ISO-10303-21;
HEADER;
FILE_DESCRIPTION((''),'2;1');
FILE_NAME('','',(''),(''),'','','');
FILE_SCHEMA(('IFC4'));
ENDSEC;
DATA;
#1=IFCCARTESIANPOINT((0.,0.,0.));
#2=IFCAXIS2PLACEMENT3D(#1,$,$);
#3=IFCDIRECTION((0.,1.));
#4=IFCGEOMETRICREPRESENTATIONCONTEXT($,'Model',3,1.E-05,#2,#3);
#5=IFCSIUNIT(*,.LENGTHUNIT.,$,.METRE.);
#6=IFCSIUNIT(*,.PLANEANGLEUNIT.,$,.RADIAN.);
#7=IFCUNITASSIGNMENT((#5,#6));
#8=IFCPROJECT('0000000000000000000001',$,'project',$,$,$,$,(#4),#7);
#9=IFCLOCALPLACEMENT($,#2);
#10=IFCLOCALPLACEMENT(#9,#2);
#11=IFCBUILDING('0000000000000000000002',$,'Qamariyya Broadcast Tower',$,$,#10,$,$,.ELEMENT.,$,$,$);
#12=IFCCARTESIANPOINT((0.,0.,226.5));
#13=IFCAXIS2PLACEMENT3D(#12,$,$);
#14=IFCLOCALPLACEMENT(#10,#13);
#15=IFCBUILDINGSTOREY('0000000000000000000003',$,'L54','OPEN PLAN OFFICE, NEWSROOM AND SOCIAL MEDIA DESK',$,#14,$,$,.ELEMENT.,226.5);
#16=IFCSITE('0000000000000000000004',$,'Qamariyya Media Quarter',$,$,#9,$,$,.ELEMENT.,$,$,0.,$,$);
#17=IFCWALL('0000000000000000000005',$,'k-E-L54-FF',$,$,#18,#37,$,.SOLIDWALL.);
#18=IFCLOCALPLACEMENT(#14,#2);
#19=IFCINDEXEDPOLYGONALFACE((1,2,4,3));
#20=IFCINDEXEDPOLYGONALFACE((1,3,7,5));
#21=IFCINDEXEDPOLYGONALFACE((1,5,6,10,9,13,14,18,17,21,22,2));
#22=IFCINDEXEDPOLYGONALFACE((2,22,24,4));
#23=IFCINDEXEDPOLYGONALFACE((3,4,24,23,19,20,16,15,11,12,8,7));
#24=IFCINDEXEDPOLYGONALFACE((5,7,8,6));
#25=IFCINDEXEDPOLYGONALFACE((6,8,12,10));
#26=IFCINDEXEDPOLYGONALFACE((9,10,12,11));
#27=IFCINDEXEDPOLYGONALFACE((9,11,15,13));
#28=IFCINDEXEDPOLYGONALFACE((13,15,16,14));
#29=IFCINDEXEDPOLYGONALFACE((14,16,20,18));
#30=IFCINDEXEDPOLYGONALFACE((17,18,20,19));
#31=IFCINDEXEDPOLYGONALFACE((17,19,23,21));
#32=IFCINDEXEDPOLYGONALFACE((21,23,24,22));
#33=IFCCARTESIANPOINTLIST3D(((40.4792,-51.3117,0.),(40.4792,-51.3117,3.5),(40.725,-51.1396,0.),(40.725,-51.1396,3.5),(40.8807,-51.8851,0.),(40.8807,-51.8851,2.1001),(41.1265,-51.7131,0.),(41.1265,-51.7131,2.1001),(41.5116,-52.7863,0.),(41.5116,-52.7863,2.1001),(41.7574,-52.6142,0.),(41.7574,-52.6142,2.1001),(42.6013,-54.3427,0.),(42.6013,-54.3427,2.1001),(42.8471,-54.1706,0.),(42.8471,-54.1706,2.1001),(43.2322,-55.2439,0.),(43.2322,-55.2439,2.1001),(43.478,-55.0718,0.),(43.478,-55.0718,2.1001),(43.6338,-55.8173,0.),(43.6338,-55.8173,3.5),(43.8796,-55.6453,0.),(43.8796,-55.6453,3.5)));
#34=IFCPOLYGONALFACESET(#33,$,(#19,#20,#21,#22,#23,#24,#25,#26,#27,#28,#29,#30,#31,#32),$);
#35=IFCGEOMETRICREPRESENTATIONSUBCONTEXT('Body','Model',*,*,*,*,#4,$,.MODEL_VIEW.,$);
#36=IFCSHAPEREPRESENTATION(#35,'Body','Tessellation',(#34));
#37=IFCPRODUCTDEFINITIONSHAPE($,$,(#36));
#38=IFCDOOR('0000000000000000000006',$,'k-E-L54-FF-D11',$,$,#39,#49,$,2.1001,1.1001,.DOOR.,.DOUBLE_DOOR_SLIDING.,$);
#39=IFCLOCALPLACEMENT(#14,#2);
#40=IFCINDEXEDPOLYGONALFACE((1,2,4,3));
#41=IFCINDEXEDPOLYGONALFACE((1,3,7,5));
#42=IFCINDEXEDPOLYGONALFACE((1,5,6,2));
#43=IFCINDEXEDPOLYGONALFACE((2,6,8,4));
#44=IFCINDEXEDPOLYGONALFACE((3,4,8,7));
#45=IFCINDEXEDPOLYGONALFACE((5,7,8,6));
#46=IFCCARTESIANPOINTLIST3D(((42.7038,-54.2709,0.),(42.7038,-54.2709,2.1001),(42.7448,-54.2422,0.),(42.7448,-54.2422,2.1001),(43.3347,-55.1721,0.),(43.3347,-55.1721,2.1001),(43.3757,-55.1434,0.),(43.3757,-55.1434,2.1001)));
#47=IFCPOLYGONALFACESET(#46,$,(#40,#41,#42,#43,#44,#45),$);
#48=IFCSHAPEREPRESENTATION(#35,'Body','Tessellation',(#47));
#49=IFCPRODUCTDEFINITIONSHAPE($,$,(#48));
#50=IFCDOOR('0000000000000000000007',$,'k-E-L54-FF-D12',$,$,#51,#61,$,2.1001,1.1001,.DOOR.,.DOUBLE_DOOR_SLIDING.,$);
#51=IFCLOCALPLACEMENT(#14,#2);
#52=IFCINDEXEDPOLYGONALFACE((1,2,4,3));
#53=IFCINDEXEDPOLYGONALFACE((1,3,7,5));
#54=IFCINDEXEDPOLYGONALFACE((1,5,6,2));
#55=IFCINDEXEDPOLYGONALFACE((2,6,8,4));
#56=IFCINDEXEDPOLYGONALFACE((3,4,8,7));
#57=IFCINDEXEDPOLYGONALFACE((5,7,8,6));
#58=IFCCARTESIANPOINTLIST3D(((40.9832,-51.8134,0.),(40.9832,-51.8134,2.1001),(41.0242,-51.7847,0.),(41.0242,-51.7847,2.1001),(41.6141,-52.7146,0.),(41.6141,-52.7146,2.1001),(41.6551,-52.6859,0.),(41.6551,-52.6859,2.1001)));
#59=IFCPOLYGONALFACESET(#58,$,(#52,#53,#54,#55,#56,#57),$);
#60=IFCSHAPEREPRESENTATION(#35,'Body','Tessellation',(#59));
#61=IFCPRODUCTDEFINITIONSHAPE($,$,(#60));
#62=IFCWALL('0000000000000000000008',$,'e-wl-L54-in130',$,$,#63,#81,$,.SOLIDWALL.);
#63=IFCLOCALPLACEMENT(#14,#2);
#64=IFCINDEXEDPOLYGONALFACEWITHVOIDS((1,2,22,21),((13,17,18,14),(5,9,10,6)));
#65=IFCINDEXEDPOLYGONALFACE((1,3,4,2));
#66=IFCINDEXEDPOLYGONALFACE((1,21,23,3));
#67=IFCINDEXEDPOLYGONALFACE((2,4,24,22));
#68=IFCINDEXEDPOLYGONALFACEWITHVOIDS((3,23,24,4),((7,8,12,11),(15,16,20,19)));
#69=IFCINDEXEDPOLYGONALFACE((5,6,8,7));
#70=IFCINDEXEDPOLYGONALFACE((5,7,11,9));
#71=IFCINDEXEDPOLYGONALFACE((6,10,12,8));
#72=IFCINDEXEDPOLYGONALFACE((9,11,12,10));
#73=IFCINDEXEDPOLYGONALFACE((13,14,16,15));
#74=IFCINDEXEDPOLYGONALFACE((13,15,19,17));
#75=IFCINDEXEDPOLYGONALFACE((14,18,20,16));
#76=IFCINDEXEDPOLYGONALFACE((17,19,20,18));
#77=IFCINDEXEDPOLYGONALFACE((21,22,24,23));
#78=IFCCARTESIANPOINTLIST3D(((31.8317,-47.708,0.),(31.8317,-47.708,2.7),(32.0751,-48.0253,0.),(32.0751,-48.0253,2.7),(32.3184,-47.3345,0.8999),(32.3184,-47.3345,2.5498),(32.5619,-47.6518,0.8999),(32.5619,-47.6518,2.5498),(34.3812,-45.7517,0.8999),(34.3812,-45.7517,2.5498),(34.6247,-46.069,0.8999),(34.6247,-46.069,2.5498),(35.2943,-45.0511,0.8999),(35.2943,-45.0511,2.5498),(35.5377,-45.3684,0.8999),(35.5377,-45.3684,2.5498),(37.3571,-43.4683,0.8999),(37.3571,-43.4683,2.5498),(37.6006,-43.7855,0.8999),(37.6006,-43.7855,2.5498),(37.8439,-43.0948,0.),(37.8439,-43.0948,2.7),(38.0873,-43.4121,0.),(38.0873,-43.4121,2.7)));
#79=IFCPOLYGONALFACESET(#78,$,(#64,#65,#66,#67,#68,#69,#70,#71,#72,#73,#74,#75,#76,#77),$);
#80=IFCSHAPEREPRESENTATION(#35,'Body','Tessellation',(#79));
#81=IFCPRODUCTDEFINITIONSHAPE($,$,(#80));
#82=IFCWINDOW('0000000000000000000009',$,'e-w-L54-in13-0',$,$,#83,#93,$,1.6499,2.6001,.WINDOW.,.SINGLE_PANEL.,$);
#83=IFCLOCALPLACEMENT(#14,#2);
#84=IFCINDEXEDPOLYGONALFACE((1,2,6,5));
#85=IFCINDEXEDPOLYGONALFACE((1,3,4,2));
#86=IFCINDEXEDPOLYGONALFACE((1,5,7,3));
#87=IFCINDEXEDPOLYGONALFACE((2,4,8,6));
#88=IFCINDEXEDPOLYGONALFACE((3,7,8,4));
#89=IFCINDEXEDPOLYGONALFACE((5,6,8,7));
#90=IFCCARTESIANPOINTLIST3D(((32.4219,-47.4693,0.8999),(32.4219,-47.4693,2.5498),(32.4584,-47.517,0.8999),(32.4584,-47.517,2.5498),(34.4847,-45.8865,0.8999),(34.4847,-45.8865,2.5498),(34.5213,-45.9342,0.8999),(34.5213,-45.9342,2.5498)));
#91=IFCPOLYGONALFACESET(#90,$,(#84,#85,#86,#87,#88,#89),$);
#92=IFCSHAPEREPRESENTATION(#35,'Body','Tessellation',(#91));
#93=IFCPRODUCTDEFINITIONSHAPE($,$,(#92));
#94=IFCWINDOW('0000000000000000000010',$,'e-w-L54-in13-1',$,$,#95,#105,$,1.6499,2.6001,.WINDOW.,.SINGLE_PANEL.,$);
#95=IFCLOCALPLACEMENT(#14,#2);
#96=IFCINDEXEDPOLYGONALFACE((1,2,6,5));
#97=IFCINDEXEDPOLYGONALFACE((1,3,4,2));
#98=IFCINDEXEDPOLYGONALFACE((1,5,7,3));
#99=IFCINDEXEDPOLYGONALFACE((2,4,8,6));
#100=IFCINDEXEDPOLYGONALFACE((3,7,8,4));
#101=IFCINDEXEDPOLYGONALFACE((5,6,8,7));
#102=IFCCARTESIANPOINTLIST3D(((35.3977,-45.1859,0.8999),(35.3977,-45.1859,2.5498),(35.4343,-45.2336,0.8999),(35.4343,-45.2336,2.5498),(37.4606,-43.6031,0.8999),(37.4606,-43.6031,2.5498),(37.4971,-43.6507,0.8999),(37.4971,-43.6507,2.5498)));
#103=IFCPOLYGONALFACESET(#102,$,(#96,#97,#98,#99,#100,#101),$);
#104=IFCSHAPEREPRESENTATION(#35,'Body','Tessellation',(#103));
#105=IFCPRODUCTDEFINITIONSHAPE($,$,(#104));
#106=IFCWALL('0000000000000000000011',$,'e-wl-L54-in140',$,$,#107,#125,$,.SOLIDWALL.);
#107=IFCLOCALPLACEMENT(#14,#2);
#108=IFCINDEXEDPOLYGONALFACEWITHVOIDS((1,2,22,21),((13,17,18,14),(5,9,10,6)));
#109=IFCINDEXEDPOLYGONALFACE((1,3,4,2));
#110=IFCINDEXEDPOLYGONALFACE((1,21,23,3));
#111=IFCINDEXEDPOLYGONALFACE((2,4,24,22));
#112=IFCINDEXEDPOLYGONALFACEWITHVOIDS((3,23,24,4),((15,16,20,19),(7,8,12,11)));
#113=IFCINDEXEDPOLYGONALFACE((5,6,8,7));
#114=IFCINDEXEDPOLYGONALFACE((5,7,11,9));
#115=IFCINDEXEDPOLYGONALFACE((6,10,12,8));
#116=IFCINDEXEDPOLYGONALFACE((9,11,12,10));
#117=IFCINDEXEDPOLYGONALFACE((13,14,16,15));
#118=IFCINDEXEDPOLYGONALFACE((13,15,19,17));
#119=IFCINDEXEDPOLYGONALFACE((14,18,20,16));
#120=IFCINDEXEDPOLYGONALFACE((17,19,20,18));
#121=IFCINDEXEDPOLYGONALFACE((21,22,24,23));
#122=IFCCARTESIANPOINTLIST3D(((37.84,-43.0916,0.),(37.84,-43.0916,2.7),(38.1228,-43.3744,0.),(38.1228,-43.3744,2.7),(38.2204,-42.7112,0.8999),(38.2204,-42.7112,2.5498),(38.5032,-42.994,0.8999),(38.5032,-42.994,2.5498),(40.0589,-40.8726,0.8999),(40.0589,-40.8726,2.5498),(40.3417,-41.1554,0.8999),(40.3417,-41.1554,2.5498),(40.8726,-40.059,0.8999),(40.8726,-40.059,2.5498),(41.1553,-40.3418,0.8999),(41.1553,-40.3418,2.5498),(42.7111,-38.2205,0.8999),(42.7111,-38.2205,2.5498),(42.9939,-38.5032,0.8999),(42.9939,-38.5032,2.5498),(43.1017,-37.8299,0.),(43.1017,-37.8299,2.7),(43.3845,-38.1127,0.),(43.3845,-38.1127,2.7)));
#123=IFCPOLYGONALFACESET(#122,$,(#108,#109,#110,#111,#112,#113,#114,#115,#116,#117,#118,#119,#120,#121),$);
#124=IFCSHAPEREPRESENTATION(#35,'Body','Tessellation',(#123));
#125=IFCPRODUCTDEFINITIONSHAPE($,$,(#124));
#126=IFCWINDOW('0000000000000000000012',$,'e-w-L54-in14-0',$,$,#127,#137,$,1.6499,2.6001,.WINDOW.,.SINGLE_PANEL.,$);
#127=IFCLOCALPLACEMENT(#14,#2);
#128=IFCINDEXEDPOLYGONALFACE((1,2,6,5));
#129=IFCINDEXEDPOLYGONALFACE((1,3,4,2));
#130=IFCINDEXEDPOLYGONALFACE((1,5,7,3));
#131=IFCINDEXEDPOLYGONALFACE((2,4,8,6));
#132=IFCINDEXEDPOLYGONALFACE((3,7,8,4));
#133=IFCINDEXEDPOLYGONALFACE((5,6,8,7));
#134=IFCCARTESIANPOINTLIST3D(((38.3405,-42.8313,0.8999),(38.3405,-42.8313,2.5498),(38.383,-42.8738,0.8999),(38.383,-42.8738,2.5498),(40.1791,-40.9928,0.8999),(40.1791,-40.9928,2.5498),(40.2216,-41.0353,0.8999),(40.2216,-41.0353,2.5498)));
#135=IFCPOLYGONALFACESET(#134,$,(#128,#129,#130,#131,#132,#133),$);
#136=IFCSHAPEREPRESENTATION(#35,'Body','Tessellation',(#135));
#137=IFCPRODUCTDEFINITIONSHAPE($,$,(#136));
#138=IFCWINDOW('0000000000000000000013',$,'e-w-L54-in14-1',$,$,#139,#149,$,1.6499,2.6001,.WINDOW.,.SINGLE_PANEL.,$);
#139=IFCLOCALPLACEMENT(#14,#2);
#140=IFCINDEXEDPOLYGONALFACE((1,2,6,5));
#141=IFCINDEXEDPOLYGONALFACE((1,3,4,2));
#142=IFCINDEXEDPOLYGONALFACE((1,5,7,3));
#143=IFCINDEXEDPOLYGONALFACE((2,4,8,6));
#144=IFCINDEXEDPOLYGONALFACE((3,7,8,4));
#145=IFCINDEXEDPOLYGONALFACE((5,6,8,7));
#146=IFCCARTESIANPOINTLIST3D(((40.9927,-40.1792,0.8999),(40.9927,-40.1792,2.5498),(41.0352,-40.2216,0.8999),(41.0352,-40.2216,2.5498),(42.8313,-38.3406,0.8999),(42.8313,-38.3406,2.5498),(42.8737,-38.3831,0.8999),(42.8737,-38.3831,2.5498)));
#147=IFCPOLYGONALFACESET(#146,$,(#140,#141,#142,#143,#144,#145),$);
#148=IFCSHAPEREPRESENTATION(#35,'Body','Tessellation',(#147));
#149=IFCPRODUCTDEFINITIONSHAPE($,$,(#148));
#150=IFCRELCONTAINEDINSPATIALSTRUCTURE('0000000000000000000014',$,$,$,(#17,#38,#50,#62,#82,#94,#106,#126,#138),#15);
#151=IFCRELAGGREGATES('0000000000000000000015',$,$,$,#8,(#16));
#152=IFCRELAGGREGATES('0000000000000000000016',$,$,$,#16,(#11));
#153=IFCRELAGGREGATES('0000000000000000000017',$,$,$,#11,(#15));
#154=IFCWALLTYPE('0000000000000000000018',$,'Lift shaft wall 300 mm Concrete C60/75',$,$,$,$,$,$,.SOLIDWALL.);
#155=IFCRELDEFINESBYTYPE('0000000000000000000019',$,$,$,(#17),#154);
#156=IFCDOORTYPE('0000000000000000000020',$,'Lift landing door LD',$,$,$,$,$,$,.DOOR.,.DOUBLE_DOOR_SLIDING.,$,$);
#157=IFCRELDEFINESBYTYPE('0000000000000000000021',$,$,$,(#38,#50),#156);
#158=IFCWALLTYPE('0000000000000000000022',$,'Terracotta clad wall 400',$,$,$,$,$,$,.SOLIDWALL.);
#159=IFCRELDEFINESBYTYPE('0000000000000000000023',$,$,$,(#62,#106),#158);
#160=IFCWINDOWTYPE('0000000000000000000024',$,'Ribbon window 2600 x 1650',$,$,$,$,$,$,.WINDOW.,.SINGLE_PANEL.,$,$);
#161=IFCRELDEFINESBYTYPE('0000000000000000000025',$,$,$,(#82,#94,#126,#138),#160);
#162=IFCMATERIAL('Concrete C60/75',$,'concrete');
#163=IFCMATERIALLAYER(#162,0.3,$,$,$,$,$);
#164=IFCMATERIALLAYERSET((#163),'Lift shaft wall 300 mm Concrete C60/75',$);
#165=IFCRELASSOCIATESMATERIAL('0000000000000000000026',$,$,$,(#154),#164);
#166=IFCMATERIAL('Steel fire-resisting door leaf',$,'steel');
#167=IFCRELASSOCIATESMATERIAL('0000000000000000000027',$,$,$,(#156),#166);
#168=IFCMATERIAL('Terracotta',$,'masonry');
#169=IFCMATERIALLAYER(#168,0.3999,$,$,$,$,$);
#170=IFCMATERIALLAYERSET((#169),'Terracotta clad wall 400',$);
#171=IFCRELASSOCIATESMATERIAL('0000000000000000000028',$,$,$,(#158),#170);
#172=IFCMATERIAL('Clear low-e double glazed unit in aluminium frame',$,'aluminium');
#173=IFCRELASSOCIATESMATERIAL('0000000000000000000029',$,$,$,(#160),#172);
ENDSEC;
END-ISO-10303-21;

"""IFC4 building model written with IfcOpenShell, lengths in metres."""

from ifc_helpers import new_model, si_unit, direction, frame, frame_2d, origin, place, context, subcontext, project, spatial, rectangle, extrude, material, layer, layer_set, type_object, element, fill, save


model = new_model("IFC4")

# Units and contexts
model_context = context("Model", 3, precision=1e-05, world=origin(), true_north=direction((0.0, 1.0)))
body_context = subcontext(model_context, "Body", "Model", "MODEL_VIEW")
ifc_project = project(units=[si_unit("LENGTHUNIT", "METRE"), si_unit("PLANEANGLEUNIT", "RADIAN")], contexts=[model_context])

# Site, building, storey
site_placement = place(None, origin())
site = spatial("IfcSite", under=ifc_project, at=site_placement, Name="Qamariyya Media Quarter", CompositionType="ELEMENT", RefElevation=0.0)
building_placement = place(site_placement, origin())
building = spatial("IfcBuilding", under=site, at=building_placement, Name="Qamariyya Broadcast Tower", CompositionType="ELEMENT")
storey_placement = place(building_placement, frame((0.0, 0.0, 226.5)))
storey = spatial("IfcBuildingStorey", under=building, at=storey_placement, Name="L54", Description="OPEN PLAN OFFICE, NEWSROOM AND SOCIAL MEDIA DESK", CompositionType="ELEMENT", Elevation=226.5)

# Shared definitions
ifc_material_1 = material(Name="Concrete C60/75", Category="concrete")

# Shared definitions
ifc_layer_1 = layer(ifc_material_1, 0.3)
ifc_layer_set_1 = layer_set([ifc_layer_1], Name="Lift shaft wall 300 mm Concrete C60/75")
wall_type_1 = type_object("IfcWallType", Name="Lift shaft wall 300 mm Concrete C60/75", PredefinedType="SOLIDWALL", material=ifc_layer_set_1)
ifc_material_2 = material(Name="Steel fire-resisting door leaf", Category="steel")

# Wall, openings, doors
wall_1_placement = place(storey_placement, frame((43.7566, -55.7312, 0.0), z_axis=(0.0, 0.0, 1.0), x_axis=(-0.573537, 0.81918, 0.0)))
wall_1 = element("IfcWall", 1, at=wall_1_placement, inside=storey, type_object=wall_type_1, Name="k-E-L54-FF", PredefinedType="SOLIDWALL", context=body_context, shape_type="SweptSolid", body=[
    extrude(rectangle(XDim=5.5002, YDim=0.3, at=frame_2d((2.75, 0.0))), origin(), (0.0, 0.0, 1.0), 3.5),
])
opening_1_placement = place(wall_1_placement, frame((0.7, 0.0, 0.0)))
opening_1 = element("IfcOpeningElement", 2, at=opening_1_placement, cuts=wall_1, PredefinedType="OPENING", context=body_context, shape_type="SweptSolid", body=[
    extrude(rectangle(XDim=1.1001, YDim=2.1001, at=frame_2d((0.55, 1.05))), frame((0.0, 0.1599, 0.0), z_axis=(0.0, -1.0, 0.0), x_axis=(1.0, 0.0, 0.0)), (0.0, 0.0, 1.0), 0.3201),
])
opening_2_placement = place(wall_1_placement, frame((3.7, 0.0, 0.0)))
opening_2 = element("IfcOpeningElement", 3, at=opening_2_placement, cuts=wall_1, PredefinedType="OPENING", context=body_context, shape_type="SweptSolid", body=[
    extrude(rectangle(XDim=1.1001, YDim=2.1001, at=frame_2d((0.55, 1.05))), frame((0.0, 0.1599, 0.0), z_axis=(0.0, -1.0, 0.0), x_axis=(1.0, 0.0, 0.0)), (0.0, 0.0, 1.0), 0.3201),
])
door_type_1 = type_object("IfcDoorType", Name="Lift landing door LD", OperationType="DOUBLE_DOOR_SLIDING", PredefinedType="DOOR", material=ifc_material_2)
door_1_placement = place(opening_1_placement, origin())
door_1 = element("IfcDoor", 4, at=door_1_placement, inside=storey, type_object=door_type_1, Name="k-E-L54-FF-D11", OperationType="DOUBLE_DOOR_SLIDING", OverallHeight=2.1001, OverallWidth=1.1001, PredefinedType="DOOR", context=body_context, shape_type="SweptSolid", body=[
    extrude(rectangle(XDim=1.1001, YDim=2.1001, at=frame_2d((0.55, 1.05))), frame((0.0, 0.0249, 0.0), z_axis=(0.0, -1.0, 0.0), x_axis=(1.0, 0.0, 0.0)), (0.0, 0.0, 1.0), 0.05),
])
fill(opening_1, door_1)
door_2_placement = place(opening_2_placement, origin())
door_2 = element("IfcDoor", 5, at=door_2_placement, inside=storey, type_object=door_type_1, Name="k-E-L54-FF-D12", OperationType="DOUBLE_DOOR_SLIDING", OverallHeight=2.1001, OverallWidth=1.1001, PredefinedType="DOOR", context=body_context, shape_type="SweptSolid", body=[
    extrude(rectangle(XDim=1.1001, YDim=2.1001, at=frame_2d((0.55, 1.05))), frame((0.0, 0.0249, 0.0), z_axis=(0.0, -1.0, 0.0), x_axis=(1.0, 0.0, 0.0)), (0.0, 0.0, 1.0), 0.05),
])
fill(opening_2, door_2)

# Walls, openings, windows
ifc_material_3 = material(Name="Terracotta", Category="masonry")
ifc_layer_2 = layer(ifc_material_3, 0.3999)
ifc_layer_set_2 = layer_set([ifc_layer_2], Name="Terracotta clad wall 400")
wall_type_2 = type_object("IfcWallType", Name="Terracotta clad wall 400", PredefinedType="SOLIDWALL", material=ifc_layer_set_2)
wall_2_placement = place(storey_placement, frame((37.9656, -43.2534, 0.0), z_axis=(0.0, 0.0, 1.0), x_axis=(-0.793356, -0.608757, 0.0)))
wall_2 = element("IfcWall", 6, at=wall_2_placement, inside=storey, type_object=wall_type_2, Name="e-wl-L54-in130", PredefinedType="SOLIDWALL", context=body_context, shape_type="SweptSolid", body=[
    extrude(rectangle(XDim=7.5781, YDim=0.3999, at=frame_2d((3.7891, 0.0))), origin(), (0.0, 0.0, 1.0), 2.7),
])
opening_3_placement = place(wall_2_placement, frame((4.3645, 0.0, 0.8999)))
opening_3 = element("IfcOpeningElement", 7, at=opening_3_placement, cuts=wall_2, PredefinedType="OPENING", context=body_context, shape_type="SweptSolid", body=[
    extrude(rectangle(XDim=2.6001, YDim=1.6499, at=frame_2d((1.3, 0.825))), frame((0.0, 0.21, 0.0), z_axis=(0.0, -1.0, 0.0), x_axis=(1.0, 0.0, 0.0)), (0.0, 0.0, 1.0), 0.4199),
])
opening_4_placement = place(wall_2_placement, frame((0.6135, 0.0, 0.8999)))
opening_4 = element("IfcOpeningElement", 8, at=opening_4_placement, cuts=wall_2, PredefinedType="OPENING", context=body_context, shape_type="SweptSolid", body=[
    extrude(rectangle(XDim=2.6001, YDim=1.6499, at=frame_2d((1.3, 0.825))), frame((0.0, 0.21, 0.0), z_axis=(0.0, -1.0, 0.0), x_axis=(1.0, 0.0, 0.0)), (0.0, 0.0, 1.0), 0.4199),
])
ifc_material_4 = material(Name="Clear low-e double glazed unit in aluminium frame", Category="aluminium")
window_type = type_object("IfcWindowType", Name="Ribbon window 2600 x 1650", PartitioningType="SINGLE_PANEL", PredefinedType="WINDOW", material=ifc_material_4)
window_1_placement = place(opening_3_placement, origin())
window_1 = element("IfcWindow", 9, at=window_1_placement, inside=storey, type_object=window_type, Name="e-w-L54-in13-0", OverallHeight=1.6499, OverallWidth=2.6001, PartitioningType="SINGLE_PANEL", PredefinedType="WINDOW", context=body_context, shape_type="SweptSolid", body=[
    extrude(rectangle(XDim=2.6001, YDim=1.6499, at=frame_2d((1.3, 0.825))), frame((0.0, 0.03, 0.0), z_axis=(0.0, -1.0, 0.0), x_axis=(1.0, 0.0, 0.0)), (0.0, 0.0, 1.0), 0.0601),
])
fill(opening_3, window_1)
window_2_placement = place(opening_4_placement, origin())
window_2 = element("IfcWindow", 10, at=window_2_placement, inside=storey, type_object=window_type, Name="e-w-L54-in13-1", OverallHeight=1.6499, OverallWidth=2.6001, PartitioningType="SINGLE_PANEL", PredefinedType="WINDOW", context=body_context, shape_type="SweptSolid", body=[
    extrude(rectangle(XDim=2.6001, YDim=1.6499, at=frame_2d((1.3, 0.825))), frame((0.0, 0.03, 0.0), z_axis=(0.0, -1.0, 0.0), x_axis=(1.0, 0.0, 0.0)), (0.0, 0.0, 1.0), 0.0601),
])
fill(opening_4, window_2)
wall_3_placement = place(storey_placement, frame((43.2432, -37.9712, 0.0), z_axis=(0.0, 0.0, 1.0), x_axis=(-0.707107, -0.707107, 0.0)))
wall_3 = element("IfcWall", 11, at=wall_3_placement, inside=storey, type_object=wall_type_2, Name="e-wl-L54-in140", PredefinedType="SOLIDWALL", context=body_context, shape_type="SweptSolid", body=[
    extrude(rectangle(XDim=7.4412, YDim=0.3999, at=frame_2d((3.7207, 0.0))), origin(), (0.0, 0.0, 1.0), 2.7),
])
opening_5_placement = place(wall_3_placement, frame((4.3032, 0.0, 0.8999)))
opening_5 = element("IfcOpeningElement", 12, at=opening_5_placement, cuts=wall_3, PredefinedType="OPENING", context=body_context, shape_type="SweptSolid", body=[
    extrude(rectangle(XDim=2.6001, YDim=1.6499, at=frame_2d((1.3, 0.825))), frame((0.0, 0.21, 0.0), z_axis=(0.0, -1.0, 0.0), x_axis=(1.0, 0.0, 0.0)), (0.0, 0.0, 1.0), 0.4199),
])
opening_6_placement = place(wall_3_placement, frame((0.5525, 0.0, 0.8999)))
opening_6 = element("IfcOpeningElement", 13, at=opening_6_placement, cuts=wall_3, PredefinedType="OPENING", context=body_context, shape_type="SweptSolid", body=[
    extrude(rectangle(XDim=2.6001, YDim=1.6499, at=frame_2d((1.3, 0.825))), frame((0.0, 0.21, 0.0), z_axis=(0.0, -1.0, 0.0), x_axis=(1.0, 0.0, 0.0)), (0.0, 0.0, 1.0), 0.4199),
])
window_3_placement = place(opening_5_placement, origin())
window_3 = element("IfcWindow", 14, at=window_3_placement, inside=storey, type_object=window_type, Name="e-w-L54-in14-0", OverallHeight=1.6499, OverallWidth=2.6001, PartitioningType="SINGLE_PANEL", PredefinedType="WINDOW", context=body_context, shape_type="SweptSolid", body=[
    extrude(rectangle(XDim=2.6001, YDim=1.6499, at=frame_2d((1.3, 0.825))), frame((0.0, 0.03, 0.0), z_axis=(0.0, -1.0, 0.0), x_axis=(1.0, 0.0, 0.0)), (0.0, 0.0, 1.0), 0.0601),
])
fill(opening_5, window_3)
window_4_placement = place(opening_6_placement, origin())
window_4 = element("IfcWindow", 15, at=window_4_placement, inside=storey, type_object=window_type, Name="e-w-L54-in14-1", OverallHeight=1.6499, OverallWidth=2.6001, PartitioningType="SINGLE_PANEL", PredefinedType="WINDOW", context=body_context, shape_type="SweptSolid", body=[
    extrude(rectangle(XDim=2.6001, YDim=1.6499, at=frame_2d((1.3, 0.825))), frame((0.0, 0.03, 0.0), z_axis=(0.0, -1.0, 0.0), x_axis=(1.0, 0.0, 0.0)), (0.0, 0.0, 1.0), 0.0601),
])
fill(opening_6, window_4)

save(model, "model.ifc")
